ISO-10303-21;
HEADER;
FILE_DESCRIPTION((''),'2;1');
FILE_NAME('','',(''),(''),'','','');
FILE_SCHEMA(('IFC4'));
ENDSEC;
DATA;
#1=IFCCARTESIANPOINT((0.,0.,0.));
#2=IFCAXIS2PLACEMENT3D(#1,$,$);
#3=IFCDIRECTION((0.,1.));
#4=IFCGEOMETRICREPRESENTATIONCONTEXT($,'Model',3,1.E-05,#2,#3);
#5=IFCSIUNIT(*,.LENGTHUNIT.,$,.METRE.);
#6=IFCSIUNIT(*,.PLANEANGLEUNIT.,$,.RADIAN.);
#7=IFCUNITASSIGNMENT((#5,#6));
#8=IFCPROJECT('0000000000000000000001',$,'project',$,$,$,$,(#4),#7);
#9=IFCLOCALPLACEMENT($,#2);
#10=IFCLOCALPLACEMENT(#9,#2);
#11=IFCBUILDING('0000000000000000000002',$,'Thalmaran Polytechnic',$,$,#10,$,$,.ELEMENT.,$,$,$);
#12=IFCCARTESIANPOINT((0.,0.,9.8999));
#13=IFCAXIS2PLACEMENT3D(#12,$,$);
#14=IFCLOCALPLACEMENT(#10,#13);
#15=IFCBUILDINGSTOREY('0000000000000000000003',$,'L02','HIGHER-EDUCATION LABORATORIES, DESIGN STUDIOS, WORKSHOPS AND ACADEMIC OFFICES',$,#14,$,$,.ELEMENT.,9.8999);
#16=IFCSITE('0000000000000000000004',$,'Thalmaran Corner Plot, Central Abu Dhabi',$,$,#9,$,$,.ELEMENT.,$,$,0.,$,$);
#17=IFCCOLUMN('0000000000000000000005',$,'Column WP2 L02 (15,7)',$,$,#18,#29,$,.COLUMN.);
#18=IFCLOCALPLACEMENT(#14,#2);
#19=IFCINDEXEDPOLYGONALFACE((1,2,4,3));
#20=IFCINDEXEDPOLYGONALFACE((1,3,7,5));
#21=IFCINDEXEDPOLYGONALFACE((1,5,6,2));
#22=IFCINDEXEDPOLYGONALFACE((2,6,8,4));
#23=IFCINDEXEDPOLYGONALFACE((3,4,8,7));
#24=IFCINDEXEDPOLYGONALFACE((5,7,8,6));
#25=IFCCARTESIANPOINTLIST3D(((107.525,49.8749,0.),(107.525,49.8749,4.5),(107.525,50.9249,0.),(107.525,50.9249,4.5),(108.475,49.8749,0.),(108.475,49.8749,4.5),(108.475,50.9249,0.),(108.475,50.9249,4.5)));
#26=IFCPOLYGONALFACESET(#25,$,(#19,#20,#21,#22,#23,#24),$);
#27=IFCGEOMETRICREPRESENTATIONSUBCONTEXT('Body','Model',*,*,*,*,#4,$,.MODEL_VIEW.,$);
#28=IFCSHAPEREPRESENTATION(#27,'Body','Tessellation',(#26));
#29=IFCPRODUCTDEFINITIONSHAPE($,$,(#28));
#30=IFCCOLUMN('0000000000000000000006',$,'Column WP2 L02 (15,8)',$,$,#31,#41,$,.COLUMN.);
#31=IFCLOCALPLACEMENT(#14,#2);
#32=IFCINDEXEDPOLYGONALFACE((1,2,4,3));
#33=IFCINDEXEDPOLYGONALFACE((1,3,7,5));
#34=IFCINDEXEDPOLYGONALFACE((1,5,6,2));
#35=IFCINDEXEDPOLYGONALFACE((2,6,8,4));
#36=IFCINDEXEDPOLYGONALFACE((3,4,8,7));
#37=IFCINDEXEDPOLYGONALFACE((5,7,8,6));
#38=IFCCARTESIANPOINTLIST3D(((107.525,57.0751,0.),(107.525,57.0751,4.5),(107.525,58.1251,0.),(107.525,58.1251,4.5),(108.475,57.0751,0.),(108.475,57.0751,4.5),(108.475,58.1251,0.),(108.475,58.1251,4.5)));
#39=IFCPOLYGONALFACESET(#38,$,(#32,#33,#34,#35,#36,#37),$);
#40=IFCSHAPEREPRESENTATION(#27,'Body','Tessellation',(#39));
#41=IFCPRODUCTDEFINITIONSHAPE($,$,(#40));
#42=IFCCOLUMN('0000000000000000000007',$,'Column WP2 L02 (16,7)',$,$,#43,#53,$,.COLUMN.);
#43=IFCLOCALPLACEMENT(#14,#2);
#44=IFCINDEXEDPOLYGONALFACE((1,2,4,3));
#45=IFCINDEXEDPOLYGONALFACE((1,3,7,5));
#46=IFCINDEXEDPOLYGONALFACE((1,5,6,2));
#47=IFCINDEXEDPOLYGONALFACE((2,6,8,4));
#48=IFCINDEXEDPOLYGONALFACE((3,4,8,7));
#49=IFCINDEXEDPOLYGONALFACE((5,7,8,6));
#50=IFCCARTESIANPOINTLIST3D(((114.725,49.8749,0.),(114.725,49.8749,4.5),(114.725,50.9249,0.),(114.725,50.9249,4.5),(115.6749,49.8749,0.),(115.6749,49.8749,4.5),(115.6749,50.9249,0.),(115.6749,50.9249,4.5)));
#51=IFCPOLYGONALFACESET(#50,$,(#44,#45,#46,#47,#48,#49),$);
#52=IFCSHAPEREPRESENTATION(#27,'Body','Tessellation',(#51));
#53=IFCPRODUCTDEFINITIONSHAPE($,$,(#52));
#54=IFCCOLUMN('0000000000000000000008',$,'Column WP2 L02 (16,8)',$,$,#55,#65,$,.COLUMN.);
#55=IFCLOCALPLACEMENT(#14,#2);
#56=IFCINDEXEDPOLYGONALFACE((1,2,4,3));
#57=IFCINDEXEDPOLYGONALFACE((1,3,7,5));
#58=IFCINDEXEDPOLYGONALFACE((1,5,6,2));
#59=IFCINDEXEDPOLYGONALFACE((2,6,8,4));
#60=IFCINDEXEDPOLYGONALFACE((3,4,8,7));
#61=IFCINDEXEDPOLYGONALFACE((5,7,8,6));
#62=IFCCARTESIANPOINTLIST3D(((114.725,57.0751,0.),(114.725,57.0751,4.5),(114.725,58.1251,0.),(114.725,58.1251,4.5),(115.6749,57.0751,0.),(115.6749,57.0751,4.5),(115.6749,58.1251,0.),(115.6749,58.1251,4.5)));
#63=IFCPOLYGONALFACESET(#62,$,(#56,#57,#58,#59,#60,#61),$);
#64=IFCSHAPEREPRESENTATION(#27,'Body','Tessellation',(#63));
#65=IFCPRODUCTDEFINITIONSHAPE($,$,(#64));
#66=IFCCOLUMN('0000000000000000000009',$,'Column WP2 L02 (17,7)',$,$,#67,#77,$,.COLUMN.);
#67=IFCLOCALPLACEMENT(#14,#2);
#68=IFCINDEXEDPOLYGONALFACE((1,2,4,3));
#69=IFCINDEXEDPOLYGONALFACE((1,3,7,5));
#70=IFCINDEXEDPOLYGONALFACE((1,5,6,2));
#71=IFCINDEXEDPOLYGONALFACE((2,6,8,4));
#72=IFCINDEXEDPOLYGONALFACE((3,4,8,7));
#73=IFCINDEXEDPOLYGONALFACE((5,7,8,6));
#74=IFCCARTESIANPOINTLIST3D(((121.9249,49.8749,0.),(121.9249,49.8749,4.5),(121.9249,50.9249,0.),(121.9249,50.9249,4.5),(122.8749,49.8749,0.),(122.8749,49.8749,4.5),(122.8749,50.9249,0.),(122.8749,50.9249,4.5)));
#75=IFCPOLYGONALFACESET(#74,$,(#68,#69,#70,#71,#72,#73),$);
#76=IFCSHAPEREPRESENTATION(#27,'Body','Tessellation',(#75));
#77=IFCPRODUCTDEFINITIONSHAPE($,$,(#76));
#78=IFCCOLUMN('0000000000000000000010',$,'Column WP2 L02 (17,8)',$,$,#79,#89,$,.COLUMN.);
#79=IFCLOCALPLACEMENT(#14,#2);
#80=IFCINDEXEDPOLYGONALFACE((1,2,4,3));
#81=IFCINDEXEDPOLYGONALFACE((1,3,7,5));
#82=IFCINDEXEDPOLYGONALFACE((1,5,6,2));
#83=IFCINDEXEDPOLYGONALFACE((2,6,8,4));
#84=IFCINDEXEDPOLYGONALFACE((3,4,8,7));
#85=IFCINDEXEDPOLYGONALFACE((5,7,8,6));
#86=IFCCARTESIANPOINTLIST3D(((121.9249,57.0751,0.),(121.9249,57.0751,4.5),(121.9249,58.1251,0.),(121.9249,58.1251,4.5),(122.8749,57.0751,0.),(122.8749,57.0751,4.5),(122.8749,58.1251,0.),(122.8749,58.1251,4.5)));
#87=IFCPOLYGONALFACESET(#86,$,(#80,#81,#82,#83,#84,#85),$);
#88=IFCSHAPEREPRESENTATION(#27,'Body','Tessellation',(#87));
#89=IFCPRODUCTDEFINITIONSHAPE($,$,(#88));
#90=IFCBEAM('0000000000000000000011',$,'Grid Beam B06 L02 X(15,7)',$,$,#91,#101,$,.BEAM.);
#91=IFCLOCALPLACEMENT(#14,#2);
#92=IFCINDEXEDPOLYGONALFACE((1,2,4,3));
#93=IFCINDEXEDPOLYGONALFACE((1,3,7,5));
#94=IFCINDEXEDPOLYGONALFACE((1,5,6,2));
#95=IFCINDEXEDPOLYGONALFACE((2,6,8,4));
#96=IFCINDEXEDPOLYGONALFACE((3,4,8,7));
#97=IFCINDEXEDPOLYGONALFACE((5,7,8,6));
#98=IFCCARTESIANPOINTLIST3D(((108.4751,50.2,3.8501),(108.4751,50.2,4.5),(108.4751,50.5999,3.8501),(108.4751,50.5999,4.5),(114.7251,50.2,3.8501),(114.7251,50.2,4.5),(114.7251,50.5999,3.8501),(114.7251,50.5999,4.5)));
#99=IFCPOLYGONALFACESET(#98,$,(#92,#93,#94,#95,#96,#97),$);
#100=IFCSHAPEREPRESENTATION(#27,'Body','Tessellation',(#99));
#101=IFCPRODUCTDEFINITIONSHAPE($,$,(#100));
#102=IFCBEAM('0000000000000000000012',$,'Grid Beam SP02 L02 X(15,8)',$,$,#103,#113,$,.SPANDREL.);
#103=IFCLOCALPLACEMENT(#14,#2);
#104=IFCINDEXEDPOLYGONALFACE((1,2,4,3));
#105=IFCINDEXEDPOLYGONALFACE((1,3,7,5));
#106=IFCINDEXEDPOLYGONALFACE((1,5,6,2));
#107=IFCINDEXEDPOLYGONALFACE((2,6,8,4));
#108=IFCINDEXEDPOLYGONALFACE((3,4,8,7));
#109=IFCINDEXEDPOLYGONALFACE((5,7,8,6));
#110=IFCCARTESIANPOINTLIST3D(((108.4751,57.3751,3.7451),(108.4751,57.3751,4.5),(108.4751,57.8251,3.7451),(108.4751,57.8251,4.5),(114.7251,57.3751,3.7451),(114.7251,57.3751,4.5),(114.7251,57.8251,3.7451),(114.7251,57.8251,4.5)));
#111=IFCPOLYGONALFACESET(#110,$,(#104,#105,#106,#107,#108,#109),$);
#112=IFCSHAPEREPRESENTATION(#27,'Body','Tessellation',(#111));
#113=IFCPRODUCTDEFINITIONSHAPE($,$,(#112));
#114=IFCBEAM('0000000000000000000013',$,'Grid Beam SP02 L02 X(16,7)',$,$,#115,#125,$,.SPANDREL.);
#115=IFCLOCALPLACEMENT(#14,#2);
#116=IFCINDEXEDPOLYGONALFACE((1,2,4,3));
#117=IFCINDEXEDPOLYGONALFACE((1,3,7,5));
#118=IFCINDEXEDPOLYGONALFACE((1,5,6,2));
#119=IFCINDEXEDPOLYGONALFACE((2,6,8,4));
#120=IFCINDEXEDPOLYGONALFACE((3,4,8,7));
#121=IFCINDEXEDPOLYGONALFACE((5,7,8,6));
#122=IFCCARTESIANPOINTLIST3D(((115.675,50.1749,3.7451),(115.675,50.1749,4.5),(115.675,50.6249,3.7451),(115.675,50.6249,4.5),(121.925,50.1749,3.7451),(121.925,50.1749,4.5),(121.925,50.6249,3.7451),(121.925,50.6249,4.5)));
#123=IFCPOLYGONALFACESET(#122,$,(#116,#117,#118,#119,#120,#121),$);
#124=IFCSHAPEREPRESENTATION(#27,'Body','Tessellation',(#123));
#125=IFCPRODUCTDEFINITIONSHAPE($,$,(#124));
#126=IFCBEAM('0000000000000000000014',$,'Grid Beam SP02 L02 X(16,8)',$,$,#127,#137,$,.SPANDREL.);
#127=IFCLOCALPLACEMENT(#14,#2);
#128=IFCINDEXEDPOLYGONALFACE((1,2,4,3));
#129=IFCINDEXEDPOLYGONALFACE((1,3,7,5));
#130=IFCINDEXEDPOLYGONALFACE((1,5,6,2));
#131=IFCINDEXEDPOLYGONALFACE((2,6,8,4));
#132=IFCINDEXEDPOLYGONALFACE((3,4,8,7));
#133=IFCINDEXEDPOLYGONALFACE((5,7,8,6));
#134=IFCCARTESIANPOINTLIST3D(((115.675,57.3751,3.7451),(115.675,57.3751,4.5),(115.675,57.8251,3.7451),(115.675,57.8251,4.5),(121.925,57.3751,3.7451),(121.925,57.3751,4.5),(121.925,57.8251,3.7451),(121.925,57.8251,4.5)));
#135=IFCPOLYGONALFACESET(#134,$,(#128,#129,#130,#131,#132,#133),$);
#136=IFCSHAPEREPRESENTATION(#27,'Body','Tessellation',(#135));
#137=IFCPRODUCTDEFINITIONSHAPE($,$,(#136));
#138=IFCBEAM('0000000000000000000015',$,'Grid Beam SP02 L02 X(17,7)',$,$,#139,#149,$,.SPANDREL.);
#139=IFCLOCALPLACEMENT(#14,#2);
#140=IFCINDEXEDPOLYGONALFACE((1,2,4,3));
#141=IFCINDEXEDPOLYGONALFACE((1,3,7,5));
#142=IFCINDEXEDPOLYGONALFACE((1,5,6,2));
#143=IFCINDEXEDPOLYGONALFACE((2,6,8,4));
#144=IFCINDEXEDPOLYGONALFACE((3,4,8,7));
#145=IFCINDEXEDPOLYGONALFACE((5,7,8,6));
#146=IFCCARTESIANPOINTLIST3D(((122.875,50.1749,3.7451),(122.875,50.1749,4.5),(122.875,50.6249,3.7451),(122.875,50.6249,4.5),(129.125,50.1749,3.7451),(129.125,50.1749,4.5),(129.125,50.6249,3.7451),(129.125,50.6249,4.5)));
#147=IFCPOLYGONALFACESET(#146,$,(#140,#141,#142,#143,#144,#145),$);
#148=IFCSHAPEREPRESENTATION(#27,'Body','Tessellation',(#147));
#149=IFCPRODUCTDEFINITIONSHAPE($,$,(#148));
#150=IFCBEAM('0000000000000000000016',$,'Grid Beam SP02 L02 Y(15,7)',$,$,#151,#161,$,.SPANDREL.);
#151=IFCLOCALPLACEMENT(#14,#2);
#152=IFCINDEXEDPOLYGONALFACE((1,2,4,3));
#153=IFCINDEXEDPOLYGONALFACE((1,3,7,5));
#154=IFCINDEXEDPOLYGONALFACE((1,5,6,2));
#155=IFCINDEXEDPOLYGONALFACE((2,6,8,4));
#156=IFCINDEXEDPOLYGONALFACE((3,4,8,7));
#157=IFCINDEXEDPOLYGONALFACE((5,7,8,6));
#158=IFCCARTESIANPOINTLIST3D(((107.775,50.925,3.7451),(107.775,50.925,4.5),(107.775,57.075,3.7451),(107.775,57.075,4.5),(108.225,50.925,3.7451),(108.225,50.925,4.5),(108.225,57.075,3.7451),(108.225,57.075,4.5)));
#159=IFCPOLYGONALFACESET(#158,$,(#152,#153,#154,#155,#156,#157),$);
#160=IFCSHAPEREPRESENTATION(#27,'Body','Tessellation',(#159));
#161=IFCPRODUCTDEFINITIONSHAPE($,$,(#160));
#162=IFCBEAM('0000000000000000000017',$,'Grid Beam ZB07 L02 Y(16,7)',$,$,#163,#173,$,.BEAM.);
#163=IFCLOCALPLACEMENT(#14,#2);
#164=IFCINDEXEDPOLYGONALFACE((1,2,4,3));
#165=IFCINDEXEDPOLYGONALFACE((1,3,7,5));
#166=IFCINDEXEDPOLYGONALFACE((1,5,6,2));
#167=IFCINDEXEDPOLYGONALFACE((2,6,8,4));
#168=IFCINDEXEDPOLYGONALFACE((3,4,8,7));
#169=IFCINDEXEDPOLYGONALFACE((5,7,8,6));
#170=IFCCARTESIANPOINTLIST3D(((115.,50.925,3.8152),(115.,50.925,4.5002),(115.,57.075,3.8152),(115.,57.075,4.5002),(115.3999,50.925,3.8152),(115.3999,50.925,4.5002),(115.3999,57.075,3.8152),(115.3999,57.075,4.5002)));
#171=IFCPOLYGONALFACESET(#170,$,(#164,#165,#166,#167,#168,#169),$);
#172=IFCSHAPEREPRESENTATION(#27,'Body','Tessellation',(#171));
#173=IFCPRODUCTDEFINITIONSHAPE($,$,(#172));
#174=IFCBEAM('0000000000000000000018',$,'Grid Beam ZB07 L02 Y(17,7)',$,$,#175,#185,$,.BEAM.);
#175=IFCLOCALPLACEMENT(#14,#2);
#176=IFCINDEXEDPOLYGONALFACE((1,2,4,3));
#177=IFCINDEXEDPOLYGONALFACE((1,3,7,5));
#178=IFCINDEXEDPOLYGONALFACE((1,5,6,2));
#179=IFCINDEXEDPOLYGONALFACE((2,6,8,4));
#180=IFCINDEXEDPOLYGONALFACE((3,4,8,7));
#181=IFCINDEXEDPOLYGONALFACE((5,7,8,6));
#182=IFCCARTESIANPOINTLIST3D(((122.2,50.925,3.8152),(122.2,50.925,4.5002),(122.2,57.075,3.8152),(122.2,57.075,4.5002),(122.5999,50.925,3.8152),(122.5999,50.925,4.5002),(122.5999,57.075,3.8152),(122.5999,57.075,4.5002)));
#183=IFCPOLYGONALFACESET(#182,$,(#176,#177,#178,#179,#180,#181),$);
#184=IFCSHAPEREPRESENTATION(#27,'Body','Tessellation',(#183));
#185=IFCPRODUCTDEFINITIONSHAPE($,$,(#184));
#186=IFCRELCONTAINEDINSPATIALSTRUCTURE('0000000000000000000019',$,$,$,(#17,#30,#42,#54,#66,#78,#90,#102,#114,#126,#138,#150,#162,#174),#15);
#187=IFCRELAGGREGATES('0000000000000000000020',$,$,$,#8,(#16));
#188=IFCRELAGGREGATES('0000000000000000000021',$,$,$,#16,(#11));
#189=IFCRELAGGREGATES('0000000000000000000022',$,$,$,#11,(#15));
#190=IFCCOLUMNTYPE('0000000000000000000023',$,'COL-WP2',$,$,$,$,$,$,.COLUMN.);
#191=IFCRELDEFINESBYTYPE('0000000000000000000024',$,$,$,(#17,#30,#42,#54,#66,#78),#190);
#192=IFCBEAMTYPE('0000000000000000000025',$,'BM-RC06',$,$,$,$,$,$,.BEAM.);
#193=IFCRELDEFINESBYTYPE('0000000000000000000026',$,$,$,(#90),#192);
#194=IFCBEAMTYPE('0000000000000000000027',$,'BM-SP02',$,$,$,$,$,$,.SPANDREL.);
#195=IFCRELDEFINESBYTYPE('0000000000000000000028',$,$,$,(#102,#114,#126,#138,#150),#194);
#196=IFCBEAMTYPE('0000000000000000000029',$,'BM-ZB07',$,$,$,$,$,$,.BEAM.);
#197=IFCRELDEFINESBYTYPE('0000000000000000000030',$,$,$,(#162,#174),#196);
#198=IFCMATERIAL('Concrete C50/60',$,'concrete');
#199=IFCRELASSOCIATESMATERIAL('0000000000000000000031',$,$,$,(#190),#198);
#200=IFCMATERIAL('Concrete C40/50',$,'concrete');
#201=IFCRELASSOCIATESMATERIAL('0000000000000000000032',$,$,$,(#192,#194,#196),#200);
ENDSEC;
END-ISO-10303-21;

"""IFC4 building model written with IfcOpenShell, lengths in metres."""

from ifc_helpers import new_model, si_unit, direction, frame, origin, origin_2d, place, context, subcontext, project, spatial, rectangle, extrude, material, material_profile, profile_set, type_object, element, save


model = new_model("IFC4")

# Units and contexts
model_context = context("Model", 3, precision=1e-05, world=origin(), true_north=direction((0.0, 1.0)))
body_context = subcontext(model_context, "Body", "Model", "MODEL_VIEW")
ifc_project = project(units=[si_unit("LENGTHUNIT", "METRE"), si_unit("PLANEANGLEUNIT", "RADIAN")], contexts=[model_context])

# Site, building, storey
site_placement = place(None, origin())
site = spatial("IfcSite", under=ifc_project, at=site_placement, Name="Thalmaran Corner Plot, Central Abu Dhabi", CompositionType="ELEMENT", RefElevation=0.0)
building_placement = place(site_placement, origin())
building = spatial("IfcBuilding", under=site, at=building_placement, Name="Thalmaran Polytechnic", CompositionType="ELEMENT")
storey_placement = place(building_placement, frame((0.0, 0.0, 9.8999)))
storey = spatial("IfcBuildingStorey", under=building, at=storey_placement, Name="L02", Description="HIGHER-EDUCATION LABORATORIES, DESIGN STUDIOS, WORKSHOPS AND ACADEMIC OFFICES", CompositionType="ELEMENT", Elevation=9.8999)

# Columns
ifc_material_1 = material(Name="Concrete C50/60", Category="concrete")
ifc_material_profile_1 = material_profile(ifc_material_1, rectangle(XDim=0.95, YDim=1.05, at=origin_2d()), Name="RC 950x1050")
ifc_profile_set_1 = profile_set([ifc_material_profile_1], Name="Concrete C50/60")
column_type = type_object("IfcColumnType", Name="COL-WP2", PredefinedType="COLUMN", material=ifc_profile_set_1)
for number, where, z_axis, x_axis, name in (
    (1, (108.0, 50.3999, 0.0), (0.0, 0.0, 1.0), (1.0, 0.0, 0.0), "Column WP2 L02 (15,7)"),
    (2, (108.0, 57.6001, 0.0), (0.0, 0.0, 1.0), (1.0, 0.0, 0.0), "Column WP2 L02 (15,8)"),
    (3, (115.2, 50.3999, 0.0), (0.0, 0.0, 1.0), (1.0, 0.0, 0.0), "Column WP2 L02 (16,7)"),
    (4, (115.2, 57.6001, 0.0), (0.0, 0.0, 1.0), (1.0, 0.0, 0.0), "Column WP2 L02 (16,8)"),
    (5, (122.3999, 50.3999, 0.0), (0.0, 0.0, 1.0), (1.0, 0.0, 0.0), "Column WP2 L02 (17,7)"),
    (6, (122.3999, 57.6001, 0.0), (0.0, 0.0, 1.0), (1.0, 0.0, 0.0), "Column WP2 L02 (17,8)"),
):
    element("IfcColumn", number, at=place(storey_placement, frame(where, z_axis=z_axis, x_axis=x_axis)), inside=storey, type_object=column_type, Name=name, PredefinedType="COLUMN", context=body_context, shape_type="SweptSolid", body=[
        extrude(rectangle(XDim=0.95, YDim=1.05, at=origin_2d()), origin(), (0.0, 0.0, 1.0), 4.5),
    ])

# Beams
ifc_material_2 = material(Name="Concrete C40/50", Category="concrete")
ifc_material_profile_2 = material_profile(ifc_material_2, rectangle(XDim=0.3999, YDim=0.6499, at=origin_2d()), Name="RC 400x650")
ifc_profile_set_2 = profile_set([ifc_material_profile_2], Name="Concrete C40/50")
beam_type_1 = type_object("IfcBeamType", Name="BM-RC06", PredefinedType="BEAM", material=ifc_profile_set_2)
beam_1_placement = place(storey_placement, frame((108.4751, 50.3999, 4.175), z_axis=(1.0, 0.0, 0.0), x_axis=(0.0, 1.0, 0.0)))
element("IfcBeam", 7, at=beam_1_placement, inside=storey, type_object=beam_type_1, Name="Grid Beam B06 L02 X(15,7)", PredefinedType="BEAM", context=body_context, shape_type="SweptSolid", body=[
    extrude(rectangle(XDim=0.3999, YDim=0.6499, at=origin_2d()), origin(), (0.0, 0.0, 1.0), 6.25),
])
ifc_material_profile_3 = material_profile(ifc_material_2, rectangle(XDim=0.45, YDim=0.7549, at=origin_2d()), Name="RC 450x755")
ifc_profile_set_3 = profile_set([ifc_material_profile_3], Name="Concrete C40/50")
beam_type_2 = type_object("IfcBeamType", Name="BM-SP02", PredefinedType="SPANDREL", material=ifc_profile_set_3)
for number, where, z_axis, x_axis, name in (
    (8, (108.4751, 57.6001, 4.1226), (1.0, 0.0, 0.0), (0.0, 1.0, 0.0), "Grid Beam SP02 L02 X(15,8)"),
    (9, (115.675, 50.3999, 4.1226), (1.0, 0.0, 0.0), (0.0, 1.0, 0.0), "Grid Beam SP02 L02 X(16,7)"),
    (10, (115.675, 57.6001, 4.1226), (1.0, 0.0, 0.0), (0.0, 1.0, 0.0), "Grid Beam SP02 L02 X(16,8)"),
    (11, (122.875, 50.3999, 4.1226), (1.0, 0.0, 0.0), (0.0, 1.0, 0.0), "Grid Beam SP02 L02 X(17,7)"),
):
    element("IfcBeam", number, at=place(storey_placement, frame(where, z_axis=z_axis, x_axis=x_axis)), inside=storey, type_object=beam_type_2, Name=name, PredefinedType="SPANDREL", context=body_context, shape_type="SweptSolid", body=[
        extrude(rectangle(XDim=0.45, YDim=0.7549, at=origin_2d()), origin(), (0.0, 0.0, 1.0), 6.25),
    ])
beam_2_placement = place(storey_placement, frame((108.0, 50.925, 4.1226), z_axis=(0.0, 1.0, 0.0), x_axis=(-1.0, 0.0, 0.0)))
element("IfcBeam", 12, at=beam_2_placement, inside=storey, type_object=beam_type_2, Name="Grid Beam SP02 L02 Y(15,7)", PredefinedType="SPANDREL", context=body_context, shape_type="SweptSolid", body=[
    extrude(rectangle(XDim=0.45, YDim=0.7549, at=origin_2d()), origin(), (0.0, 0.0, 1.0), 6.1499),
])
ifc_material_profile_4 = material_profile(ifc_material_2, rectangle(XDim=0.3999, YDim=0.6851, at=origin_2d()), Name="RC 400x685")
ifc_profile_set_4 = profile_set([ifc_material_profile_4], Name="Concrete C40/50")
beam_type_3 = type_object("IfcBeamType", Name="BM-ZB07", PredefinedType="BEAM", material=ifc_profile_set_4)
for number, where, z_axis, x_axis, name in (
    (13, (115.2, 50.925, 4.1577), (0.0, 1.0, 0.0), (-1.0, 0.0, 0.0), "Grid Beam ZB07 L02 Y(16,7)"),
    (14, (122.3999, 50.925, 4.1577), (0.0, 1.0, 0.0), (-1.0, 0.0, 0.0), "Grid Beam ZB07 L02 Y(17,7)"),
):
    element("IfcBeam", number, at=place(storey_placement, frame(where, z_axis=z_axis, x_axis=x_axis)), inside=storey, type_object=beam_type_3, Name=name, PredefinedType="BEAM", context=body_context, shape_type="SweptSolid", body=[
        extrude(rectangle(XDim=0.3999, YDim=0.6851, at=origin_2d()), origin(), (0.0, 0.0, 1.0), 6.1499),
    ])

save(model, "model.ifc")
